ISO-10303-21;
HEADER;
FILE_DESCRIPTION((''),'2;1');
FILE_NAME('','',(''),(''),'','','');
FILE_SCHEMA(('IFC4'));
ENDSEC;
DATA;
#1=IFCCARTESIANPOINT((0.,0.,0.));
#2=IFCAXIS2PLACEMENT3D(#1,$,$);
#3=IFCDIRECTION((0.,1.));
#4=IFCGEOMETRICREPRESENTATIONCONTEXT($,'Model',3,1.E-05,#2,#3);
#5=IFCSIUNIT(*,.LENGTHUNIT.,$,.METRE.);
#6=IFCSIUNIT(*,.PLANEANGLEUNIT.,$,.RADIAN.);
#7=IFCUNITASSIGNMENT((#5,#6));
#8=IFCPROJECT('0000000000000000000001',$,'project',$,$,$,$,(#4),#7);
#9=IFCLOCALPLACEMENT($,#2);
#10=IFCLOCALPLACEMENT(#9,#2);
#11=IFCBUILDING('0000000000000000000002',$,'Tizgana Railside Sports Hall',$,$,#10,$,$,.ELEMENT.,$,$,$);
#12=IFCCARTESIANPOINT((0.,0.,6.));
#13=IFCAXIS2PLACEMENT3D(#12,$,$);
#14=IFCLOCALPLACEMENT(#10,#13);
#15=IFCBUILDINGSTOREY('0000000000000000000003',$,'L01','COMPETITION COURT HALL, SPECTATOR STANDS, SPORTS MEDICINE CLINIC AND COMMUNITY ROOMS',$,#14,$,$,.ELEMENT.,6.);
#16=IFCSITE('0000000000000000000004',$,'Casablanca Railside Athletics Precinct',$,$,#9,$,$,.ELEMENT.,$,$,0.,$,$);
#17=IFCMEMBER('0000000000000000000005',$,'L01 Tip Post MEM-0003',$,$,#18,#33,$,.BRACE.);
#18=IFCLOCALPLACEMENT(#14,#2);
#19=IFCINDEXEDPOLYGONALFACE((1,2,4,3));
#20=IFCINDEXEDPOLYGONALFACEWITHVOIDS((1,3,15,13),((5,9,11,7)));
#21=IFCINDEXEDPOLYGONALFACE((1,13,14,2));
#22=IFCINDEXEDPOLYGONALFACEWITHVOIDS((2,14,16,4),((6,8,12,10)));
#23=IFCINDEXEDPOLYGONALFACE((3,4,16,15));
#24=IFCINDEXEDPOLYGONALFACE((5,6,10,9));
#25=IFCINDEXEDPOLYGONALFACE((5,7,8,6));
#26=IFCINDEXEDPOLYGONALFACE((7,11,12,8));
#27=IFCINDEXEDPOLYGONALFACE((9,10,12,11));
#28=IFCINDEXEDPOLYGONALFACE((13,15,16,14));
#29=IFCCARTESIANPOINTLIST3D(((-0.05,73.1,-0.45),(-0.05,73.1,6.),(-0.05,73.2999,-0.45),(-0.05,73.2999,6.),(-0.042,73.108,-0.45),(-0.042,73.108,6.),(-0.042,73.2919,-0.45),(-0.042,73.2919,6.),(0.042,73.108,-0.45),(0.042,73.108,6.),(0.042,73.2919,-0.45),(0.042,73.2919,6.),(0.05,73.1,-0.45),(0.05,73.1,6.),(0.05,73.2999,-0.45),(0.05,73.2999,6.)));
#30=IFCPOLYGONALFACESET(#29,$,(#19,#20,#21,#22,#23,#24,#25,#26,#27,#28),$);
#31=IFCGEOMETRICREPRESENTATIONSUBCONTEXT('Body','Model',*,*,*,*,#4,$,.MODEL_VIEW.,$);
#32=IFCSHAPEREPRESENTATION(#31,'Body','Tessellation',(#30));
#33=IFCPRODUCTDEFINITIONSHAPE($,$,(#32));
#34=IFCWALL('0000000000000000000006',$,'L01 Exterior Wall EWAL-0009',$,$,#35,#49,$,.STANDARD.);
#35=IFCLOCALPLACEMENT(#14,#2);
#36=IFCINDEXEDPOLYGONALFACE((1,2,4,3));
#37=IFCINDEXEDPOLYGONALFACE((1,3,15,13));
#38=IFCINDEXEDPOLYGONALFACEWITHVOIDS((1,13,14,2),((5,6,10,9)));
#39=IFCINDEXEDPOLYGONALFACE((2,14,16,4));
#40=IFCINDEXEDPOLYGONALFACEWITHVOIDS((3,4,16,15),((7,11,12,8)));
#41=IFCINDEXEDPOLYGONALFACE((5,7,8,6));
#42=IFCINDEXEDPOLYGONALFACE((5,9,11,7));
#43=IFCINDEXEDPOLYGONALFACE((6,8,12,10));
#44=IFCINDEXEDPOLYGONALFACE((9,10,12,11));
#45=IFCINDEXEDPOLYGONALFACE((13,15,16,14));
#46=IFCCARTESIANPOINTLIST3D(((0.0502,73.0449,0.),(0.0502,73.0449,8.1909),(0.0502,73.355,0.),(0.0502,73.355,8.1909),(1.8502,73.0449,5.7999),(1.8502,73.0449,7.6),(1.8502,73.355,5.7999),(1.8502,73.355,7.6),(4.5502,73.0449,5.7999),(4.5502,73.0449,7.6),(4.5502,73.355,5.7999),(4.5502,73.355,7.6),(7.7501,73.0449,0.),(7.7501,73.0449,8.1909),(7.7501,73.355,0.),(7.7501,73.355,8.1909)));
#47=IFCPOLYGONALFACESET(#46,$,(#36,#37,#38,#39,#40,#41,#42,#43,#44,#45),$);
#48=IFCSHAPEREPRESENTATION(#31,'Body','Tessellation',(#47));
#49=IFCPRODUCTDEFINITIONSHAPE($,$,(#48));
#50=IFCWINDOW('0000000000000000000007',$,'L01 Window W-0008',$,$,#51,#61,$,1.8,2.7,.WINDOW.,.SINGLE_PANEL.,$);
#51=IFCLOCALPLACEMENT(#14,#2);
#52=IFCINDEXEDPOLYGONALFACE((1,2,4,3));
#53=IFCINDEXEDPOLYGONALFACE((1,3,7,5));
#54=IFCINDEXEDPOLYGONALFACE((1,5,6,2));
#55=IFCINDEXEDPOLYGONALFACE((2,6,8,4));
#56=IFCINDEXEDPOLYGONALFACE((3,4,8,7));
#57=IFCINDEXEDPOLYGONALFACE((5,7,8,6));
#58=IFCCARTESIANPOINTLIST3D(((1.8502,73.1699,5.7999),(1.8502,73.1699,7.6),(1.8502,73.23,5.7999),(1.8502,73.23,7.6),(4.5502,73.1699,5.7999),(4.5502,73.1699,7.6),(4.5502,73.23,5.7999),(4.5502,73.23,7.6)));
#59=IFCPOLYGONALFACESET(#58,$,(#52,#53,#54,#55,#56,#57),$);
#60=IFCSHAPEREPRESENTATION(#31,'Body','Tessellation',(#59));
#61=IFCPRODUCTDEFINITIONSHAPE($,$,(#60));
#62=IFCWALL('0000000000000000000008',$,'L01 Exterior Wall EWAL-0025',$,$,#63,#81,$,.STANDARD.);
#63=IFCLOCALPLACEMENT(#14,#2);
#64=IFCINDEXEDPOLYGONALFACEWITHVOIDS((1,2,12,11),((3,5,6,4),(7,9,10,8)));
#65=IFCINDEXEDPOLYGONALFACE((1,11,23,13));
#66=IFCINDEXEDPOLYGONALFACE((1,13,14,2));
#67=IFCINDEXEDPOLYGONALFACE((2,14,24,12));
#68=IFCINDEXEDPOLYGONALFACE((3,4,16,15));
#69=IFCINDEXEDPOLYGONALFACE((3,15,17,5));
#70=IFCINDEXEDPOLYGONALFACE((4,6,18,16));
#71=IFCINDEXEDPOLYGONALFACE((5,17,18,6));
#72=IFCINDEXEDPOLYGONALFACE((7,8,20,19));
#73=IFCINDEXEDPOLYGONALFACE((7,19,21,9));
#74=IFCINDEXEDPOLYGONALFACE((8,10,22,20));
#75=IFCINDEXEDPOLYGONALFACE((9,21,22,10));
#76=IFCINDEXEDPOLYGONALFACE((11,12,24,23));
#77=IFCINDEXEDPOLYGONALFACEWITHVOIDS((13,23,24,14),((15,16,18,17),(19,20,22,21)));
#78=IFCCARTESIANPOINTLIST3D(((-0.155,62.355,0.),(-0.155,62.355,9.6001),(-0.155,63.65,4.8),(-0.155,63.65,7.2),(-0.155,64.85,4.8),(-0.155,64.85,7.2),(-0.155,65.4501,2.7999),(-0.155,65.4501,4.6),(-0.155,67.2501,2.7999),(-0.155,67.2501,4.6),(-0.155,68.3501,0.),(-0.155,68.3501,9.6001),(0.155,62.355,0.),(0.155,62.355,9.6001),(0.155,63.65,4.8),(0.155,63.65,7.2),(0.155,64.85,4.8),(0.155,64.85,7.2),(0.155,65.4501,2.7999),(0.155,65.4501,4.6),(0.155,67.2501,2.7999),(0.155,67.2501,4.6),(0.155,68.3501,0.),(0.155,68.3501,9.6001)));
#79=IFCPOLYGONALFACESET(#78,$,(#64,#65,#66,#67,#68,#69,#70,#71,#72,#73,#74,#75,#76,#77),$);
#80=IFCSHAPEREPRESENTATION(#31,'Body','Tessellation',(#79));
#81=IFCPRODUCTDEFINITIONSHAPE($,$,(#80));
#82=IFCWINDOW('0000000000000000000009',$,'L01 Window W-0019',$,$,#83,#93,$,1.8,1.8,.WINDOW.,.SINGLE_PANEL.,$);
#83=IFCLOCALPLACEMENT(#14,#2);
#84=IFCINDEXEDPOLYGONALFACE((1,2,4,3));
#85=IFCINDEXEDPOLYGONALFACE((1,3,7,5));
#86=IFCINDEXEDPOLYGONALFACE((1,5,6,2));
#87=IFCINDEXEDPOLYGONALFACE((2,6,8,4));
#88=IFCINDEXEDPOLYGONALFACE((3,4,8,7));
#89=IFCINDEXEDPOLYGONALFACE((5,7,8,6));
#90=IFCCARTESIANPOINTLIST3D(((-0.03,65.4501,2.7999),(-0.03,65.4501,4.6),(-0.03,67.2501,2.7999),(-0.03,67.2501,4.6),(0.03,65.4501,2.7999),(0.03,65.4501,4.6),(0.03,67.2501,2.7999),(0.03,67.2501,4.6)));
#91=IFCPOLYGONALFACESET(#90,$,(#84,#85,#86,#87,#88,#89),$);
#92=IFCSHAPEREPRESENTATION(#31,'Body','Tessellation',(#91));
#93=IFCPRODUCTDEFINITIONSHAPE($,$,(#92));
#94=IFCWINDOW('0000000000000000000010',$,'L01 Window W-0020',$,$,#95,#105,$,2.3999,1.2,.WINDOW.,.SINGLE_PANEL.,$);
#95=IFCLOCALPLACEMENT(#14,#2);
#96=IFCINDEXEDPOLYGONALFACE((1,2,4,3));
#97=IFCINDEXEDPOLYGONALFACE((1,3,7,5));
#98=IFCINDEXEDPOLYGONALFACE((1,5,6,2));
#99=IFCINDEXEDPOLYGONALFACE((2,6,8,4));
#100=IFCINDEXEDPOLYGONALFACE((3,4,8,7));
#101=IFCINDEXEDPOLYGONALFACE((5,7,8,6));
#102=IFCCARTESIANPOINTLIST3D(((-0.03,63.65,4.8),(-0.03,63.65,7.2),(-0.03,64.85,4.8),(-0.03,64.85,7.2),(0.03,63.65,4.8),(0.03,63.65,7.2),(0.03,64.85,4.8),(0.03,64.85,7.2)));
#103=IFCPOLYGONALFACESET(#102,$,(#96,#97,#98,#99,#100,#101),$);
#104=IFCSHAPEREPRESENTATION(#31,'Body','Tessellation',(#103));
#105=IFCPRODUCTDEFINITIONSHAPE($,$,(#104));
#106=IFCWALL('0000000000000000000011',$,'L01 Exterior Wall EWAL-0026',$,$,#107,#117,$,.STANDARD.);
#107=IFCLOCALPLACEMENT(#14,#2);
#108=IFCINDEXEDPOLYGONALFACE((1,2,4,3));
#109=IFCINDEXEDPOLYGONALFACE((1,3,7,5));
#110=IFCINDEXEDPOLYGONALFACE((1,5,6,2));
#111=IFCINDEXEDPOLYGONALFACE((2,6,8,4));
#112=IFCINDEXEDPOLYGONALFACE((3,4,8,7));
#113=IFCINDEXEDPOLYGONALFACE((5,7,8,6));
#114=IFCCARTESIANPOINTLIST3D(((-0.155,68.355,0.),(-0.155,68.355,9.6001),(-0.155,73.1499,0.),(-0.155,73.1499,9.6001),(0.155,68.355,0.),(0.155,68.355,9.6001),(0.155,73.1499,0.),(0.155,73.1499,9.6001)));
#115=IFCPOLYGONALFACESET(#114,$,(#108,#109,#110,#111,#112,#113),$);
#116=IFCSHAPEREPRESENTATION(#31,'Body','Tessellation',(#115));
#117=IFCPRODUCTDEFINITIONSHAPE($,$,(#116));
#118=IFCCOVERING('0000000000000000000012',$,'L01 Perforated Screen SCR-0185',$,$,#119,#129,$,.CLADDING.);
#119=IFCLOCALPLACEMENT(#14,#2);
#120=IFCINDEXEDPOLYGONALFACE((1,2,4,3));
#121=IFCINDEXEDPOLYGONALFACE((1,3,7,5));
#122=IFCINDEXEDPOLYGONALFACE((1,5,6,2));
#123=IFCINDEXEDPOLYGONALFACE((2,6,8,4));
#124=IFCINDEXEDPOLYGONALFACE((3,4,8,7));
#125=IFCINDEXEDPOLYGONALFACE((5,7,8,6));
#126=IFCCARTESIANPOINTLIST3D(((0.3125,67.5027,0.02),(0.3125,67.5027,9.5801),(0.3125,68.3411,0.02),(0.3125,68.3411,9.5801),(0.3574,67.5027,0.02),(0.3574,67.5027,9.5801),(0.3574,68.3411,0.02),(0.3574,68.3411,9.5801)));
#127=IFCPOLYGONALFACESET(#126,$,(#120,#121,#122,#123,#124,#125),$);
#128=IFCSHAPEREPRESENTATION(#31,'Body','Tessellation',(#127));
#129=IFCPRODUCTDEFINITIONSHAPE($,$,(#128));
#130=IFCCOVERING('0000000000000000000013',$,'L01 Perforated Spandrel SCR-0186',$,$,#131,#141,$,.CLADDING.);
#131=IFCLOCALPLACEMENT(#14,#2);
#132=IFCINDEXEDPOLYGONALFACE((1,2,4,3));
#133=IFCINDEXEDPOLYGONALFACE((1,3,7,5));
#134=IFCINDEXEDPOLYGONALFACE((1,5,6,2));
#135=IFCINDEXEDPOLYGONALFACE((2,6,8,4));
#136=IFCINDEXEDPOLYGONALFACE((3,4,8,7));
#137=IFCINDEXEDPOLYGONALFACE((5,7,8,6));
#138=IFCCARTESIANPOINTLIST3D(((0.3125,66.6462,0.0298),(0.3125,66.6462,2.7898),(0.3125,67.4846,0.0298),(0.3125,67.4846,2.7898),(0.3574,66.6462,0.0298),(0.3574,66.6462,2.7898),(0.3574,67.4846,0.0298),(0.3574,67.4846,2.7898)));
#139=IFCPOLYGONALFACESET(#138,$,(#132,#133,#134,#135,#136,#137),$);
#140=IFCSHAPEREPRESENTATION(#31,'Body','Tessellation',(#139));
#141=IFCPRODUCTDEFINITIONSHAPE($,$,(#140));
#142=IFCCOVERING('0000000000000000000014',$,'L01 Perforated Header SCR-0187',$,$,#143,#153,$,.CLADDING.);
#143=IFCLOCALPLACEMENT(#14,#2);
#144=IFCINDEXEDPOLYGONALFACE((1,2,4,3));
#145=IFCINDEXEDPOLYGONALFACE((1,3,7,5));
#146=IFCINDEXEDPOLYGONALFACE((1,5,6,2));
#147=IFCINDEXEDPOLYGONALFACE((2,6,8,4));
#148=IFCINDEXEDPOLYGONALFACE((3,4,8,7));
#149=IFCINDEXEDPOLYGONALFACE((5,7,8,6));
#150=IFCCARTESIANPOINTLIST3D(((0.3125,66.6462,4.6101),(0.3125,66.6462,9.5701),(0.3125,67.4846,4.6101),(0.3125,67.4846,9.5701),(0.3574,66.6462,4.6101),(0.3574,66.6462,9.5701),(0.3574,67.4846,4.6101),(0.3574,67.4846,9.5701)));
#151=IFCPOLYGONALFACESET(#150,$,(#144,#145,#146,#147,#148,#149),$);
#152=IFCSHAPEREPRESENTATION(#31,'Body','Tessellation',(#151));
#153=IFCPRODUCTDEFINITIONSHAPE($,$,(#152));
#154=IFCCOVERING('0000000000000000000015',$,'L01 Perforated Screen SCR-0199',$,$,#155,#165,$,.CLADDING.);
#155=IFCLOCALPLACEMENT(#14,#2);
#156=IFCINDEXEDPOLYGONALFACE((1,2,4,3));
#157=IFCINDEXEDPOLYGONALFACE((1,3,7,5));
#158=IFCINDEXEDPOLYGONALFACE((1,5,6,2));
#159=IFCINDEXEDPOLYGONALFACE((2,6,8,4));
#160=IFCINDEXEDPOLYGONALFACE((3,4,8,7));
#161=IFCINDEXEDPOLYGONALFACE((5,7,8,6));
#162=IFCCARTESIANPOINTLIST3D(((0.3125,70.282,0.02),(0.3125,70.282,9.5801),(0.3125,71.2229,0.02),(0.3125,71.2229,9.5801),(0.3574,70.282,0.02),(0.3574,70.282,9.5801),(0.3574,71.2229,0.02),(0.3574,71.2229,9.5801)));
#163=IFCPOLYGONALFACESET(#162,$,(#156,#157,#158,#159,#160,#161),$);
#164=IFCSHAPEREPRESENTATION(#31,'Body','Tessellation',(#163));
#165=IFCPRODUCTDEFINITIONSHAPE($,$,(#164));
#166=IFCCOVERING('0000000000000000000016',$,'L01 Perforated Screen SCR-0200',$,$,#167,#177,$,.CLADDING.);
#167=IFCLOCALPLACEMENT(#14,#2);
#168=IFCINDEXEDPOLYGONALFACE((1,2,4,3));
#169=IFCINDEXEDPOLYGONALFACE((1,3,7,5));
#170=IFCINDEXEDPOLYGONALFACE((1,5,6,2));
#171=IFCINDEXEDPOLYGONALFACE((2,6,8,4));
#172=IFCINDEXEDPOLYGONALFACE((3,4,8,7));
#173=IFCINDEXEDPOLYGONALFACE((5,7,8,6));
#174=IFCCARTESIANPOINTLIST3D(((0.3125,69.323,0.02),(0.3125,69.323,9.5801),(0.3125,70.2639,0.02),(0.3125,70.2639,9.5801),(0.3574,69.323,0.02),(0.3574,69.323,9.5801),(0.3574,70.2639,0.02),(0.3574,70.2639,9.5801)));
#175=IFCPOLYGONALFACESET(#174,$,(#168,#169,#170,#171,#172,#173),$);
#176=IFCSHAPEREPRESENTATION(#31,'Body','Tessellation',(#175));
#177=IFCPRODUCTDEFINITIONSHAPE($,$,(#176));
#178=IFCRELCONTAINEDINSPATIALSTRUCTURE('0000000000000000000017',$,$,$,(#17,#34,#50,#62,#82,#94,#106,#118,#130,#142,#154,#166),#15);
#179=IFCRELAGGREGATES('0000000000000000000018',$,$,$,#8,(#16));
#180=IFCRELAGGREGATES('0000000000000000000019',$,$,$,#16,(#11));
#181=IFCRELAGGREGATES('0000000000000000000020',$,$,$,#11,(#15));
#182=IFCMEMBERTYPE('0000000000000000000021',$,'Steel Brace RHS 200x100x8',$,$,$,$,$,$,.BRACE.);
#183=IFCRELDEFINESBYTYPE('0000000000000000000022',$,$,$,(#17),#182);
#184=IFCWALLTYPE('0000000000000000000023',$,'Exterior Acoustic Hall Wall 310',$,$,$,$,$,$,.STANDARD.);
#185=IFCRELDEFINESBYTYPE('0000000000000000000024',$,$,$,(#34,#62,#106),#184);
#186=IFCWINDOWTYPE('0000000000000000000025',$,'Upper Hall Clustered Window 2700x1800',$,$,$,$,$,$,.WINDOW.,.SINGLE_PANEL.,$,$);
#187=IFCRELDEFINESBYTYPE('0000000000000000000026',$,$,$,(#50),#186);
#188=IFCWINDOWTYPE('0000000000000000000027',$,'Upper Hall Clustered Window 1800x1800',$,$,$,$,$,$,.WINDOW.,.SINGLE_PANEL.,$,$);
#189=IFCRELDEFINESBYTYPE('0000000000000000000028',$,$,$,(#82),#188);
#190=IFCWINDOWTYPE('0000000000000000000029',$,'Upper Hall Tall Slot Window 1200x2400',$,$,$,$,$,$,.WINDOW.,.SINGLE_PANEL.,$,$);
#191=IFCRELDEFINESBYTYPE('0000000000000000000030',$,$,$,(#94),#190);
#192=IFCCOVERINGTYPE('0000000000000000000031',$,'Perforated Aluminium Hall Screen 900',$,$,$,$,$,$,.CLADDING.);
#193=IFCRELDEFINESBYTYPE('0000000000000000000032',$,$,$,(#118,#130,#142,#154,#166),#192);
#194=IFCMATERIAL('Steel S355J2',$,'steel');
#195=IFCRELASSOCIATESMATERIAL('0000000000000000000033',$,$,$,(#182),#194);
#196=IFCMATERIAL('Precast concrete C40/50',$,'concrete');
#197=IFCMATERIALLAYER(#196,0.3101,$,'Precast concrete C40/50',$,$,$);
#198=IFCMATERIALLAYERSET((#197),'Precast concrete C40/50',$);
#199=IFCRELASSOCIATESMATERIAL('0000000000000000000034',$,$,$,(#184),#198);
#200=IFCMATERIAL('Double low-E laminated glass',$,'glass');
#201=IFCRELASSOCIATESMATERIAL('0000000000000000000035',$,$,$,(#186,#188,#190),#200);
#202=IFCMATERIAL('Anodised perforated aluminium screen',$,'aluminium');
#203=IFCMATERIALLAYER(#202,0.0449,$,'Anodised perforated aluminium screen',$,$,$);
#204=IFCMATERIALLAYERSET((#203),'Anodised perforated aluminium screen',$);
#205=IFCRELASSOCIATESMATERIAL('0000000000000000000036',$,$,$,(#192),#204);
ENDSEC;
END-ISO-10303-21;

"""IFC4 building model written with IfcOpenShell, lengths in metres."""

from ifc_helpers import new_model, si_unit, direction, frame, frame_2d, origin, origin_2d, place, context, subcontext, project, spatial, rectangle, hollow_rectangle, extrude, material, layer, layer_set, material_profile, profile_set, type_object, element, fill, save


model = new_model("IFC4")

# Units and contexts
model_context = context("Model", 3, precision=1e-05, world=origin(), true_north=direction((0.0, 1.0)))
body_context = subcontext(model_context, "Body", "Model", "MODEL_VIEW")
ifc_project = project(units=[si_unit("LENGTHUNIT", "METRE"), si_unit("PLANEANGLEUNIT", "RADIAN")], contexts=[model_context])

# Site, building, storey
site_placement = place(None, origin())
site = spatial("IfcSite", under=ifc_project, at=site_placement, Name="Casablanca Railside Athletics Precinct", CompositionType="ELEMENT", RefElevation=0.0)
building_placement = place(site_placement, origin())
building = spatial("IfcBuilding", under=site, at=building_placement, Name="Tizgana Railside Sports Hall", CompositionType="ELEMENT")
storey_placement = place(building_placement, frame((0.0, 0.0, 6.0)))
storey = spatial("IfcBuildingStorey", under=building, at=storey_placement, Name="L01", Description="COMPETITION COURT HALL, SPECTATOR STANDS, SPORTS MEDICINE CLINIC AND COMMUNITY ROOMS", CompositionType="ELEMENT", Elevation=6.0)

# Member
ifc_material_1 = material(Name="Steel S355J2", Category="steel")
ifc_material_profile = material_profile(ifc_material_1, hollow_rectangle(XDim=0.1001, YDim=0.2, WallThickness=0.0081, at=origin_2d()), Name="RHS 200x100x8")
ifc_profile_set = profile_set([ifc_material_profile], Name="Steel S355J2")
member_type = type_object("IfcMemberType", Name="Steel Brace RHS 200x100x8", PredefinedType="BRACE", material=ifc_profile_set)
member_placement = place(storey_placement, frame((0.0, 73.2, -0.45), z_axis=(0.0, 0.0, 1.0), x_axis=(1.0, 0.0, 0.0)))
element("IfcMember", 1, at=member_placement, inside=storey, type_object=member_type, Name="L01 Tip Post MEM-0003", PredefinedType="BRACE", context=body_context, shape_type="SweptSolid", body=[
    extrude(hollow_rectangle(XDim=0.1001, YDim=0.2, WallThickness=0.0081, at=origin_2d()), origin(), (0.0, 0.0, 1.0), 6.45),
])

# Wall, opening, window
ifc_material_2 = material(Name="Precast concrete C40/50", Category="concrete")
ifc_layer_1 = layer(ifc_material_2, 0.3101, Name="Precast concrete C40/50")
ifc_layer_set_1 = layer_set([ifc_layer_1], Name="Precast concrete C40/50")
wall_type = type_object("IfcWallType", Name="Exterior Acoustic Hall Wall 310", PredefinedType="STANDARD", material=ifc_layer_set_1)
wall_1_placement = place(storey_placement, frame((0.05, 73.2, 0.0), z_axis=(0.0, 0.0, 1.0), x_axis=(1.0, 0.0, 0.0)))
wall_1 = element("IfcWall", 2, at=wall_1_placement, inside=storey, type_object=wall_type, Name="L01 Exterior Wall EWAL-0009", PredefinedType="STANDARD", context=body_context, shape_type="SweptSolid", body=[
    extrude(rectangle(XDim=7.7, YDim=0.3101, at=frame_2d((3.8501, 0.0))), origin(), (0.0, 0.0, 1.0), 8.1909),
])
opening_1_placement = place(wall_1_placement, frame((1.8, 0.0, 5.8)))
opening_1 = element("IfcOpeningElement", 3, at=opening_1_placement, cuts=wall_1, PredefinedType="OPENING", context=body_context, shape_type="SweptSolid", body=[
    extrude(rectangle(XDim=2.7, YDim=1.8, at=frame_2d((1.3501, 0.8999))), frame((0.0, 0.165, 0.0), z_axis=(0.0, -1.0, 0.0), x_axis=(1.0, 0.0, 0.0)), (0.0, 0.0, 1.0), 0.3301),
])
ifc_material_3 = material(Name="Double low-E laminated glass", Category="glass")
window_type_1 = type_object("IfcWindowType", Name="Upper Hall Clustered Window 2700x1800", PartitioningType="SINGLE_PANEL", PredefinedType="WINDOW", material=ifc_material_3)
window_1_placement = place(opening_1_placement, origin())
window_1 = element("IfcWindow", 4, at=window_1_placement, inside=storey, type_object=window_type_1, Name="L01 Window W-0008", OverallHeight=1.8, OverallWidth=2.7, PartitioningType="SINGLE_PANEL", PredefinedType="WINDOW", context=body_context, shape_type="SweptSolid", body=[
    extrude(rectangle(XDim=2.7, YDim=1.8, at=frame_2d((1.3501, 0.8999))), frame((0.0, 0.03, 0.0), z_axis=(0.0, -1.0, 0.0), x_axis=(1.0, 0.0, 0.0)), (0.0, 0.0, 1.0), 0.0601),
])
fill(opening_1, window_1)

# Wall, openings, windows
wall_2_placement = place(storey_placement, frame((0.0, 68.3501, 0.0), z_axis=(0.0, 0.0, 1.0), x_axis=(0.0, -1.0, 0.0)))
wall_2 = element("IfcWall", 5, at=wall_2_placement, inside=storey, type_object=wall_type, Name="L01 Exterior Wall EWAL-0025", PredefinedType="STANDARD", context=body_context, shape_type="SweptSolid", body=[
    extrude(rectangle(XDim=5.9951, YDim=0.3101, at=frame_2d((2.9976, 0.0))), origin(), (0.0, 0.0, 1.0), 9.6001),
])
opening_2_placement = place(wall_2_placement, frame((1.1001, 0.0, 2.8)))
opening_2 = element("IfcOpeningElement", 6, at=opening_2_placement, cuts=wall_2, PredefinedType="OPENING", context=body_context, shape_type="SweptSolid", body=[
    extrude(rectangle(XDim=1.8, YDim=1.8, at=frame_2d((0.8999, 0.8999))), frame((0.0, 0.165, 0.0), z_axis=(0.0, -1.0, 0.0), x_axis=(1.0, 0.0, 0.0)), (0.0, 0.0, 1.0), 0.3301),
])
opening_3_placement = place(wall_2_placement, frame((3.5, 0.0, 4.8)))
opening_3 = element("IfcOpeningElement", 7, at=opening_3_placement, cuts=wall_2, PredefinedType="OPENING", context=body_context, shape_type="SweptSolid", body=[
    extrude(rectangle(XDim=1.2, YDim=2.3999, at=frame_2d((0.6001, 1.2))), frame((0.0, 0.165, 0.0), z_axis=(0.0, -1.0, 0.0), x_axis=(1.0, 0.0, 0.0)), (0.0, 0.0, 1.0), 0.3301),
])
window_type_2 = type_object("IfcWindowType", Name="Upper Hall Clustered Window 1800x1800", PartitioningType="SINGLE_PANEL", PredefinedType="WINDOW", material=ifc_material_3)
window_2_placement = place(opening_2_placement, origin())
window_2 = element("IfcWindow", 8, at=window_2_placement, inside=storey, type_object=window_type_2, Name="L01 Window W-0019", OverallHeight=1.8, OverallWidth=1.8, PartitioningType="SINGLE_PANEL", PredefinedType="WINDOW", context=body_context, shape_type="SweptSolid", body=[
    extrude(rectangle(XDim=1.8, YDim=1.8, at=frame_2d((0.8999, 0.8999))), frame((0.0, 0.03, 0.0), z_axis=(0.0, -1.0, 0.0), x_axis=(1.0, 0.0, 0.0)), (0.0, 0.0, 1.0), 0.0601),
])
fill(opening_2, window_2)
window_type_3 = type_object("IfcWindowType", Name="Upper Hall Tall Slot Window 1200x2400", PartitioningType="SINGLE_PANEL", PredefinedType="WINDOW", material=ifc_material_3)
window_3_placement = place(opening_3_placement, origin())
window_3 = element("IfcWindow", 9, at=window_3_placement, inside=storey, type_object=window_type_3, Name="L01 Window W-0020", OverallHeight=2.3999, OverallWidth=1.2, PartitioningType="SINGLE_PANEL", PredefinedType="WINDOW", context=body_context, shape_type="SweptSolid", body=[
    extrude(rectangle(XDim=1.2, YDim=2.3999, at=frame_2d((0.6001, 1.2))), frame((0.0, 0.03, 0.0), z_axis=(0.0, -1.0, 0.0), x_axis=(1.0, 0.0, 0.0)), (0.0, 0.0, 1.0), 0.0601),
])
fill(opening_3, window_3)

# Wall
wall_3_placement = place(storey_placement, frame((0.0, 73.1499, 0.0), z_axis=(0.0, 0.0, 1.0), x_axis=(0.0, -1.0, 0.0)))
element("IfcWall", 10, at=wall_3_placement, inside=storey, type_object=wall_type, Name="L01 Exterior Wall EWAL-0026", PredefinedType="STANDARD", context=body_context, shape_type="SweptSolid", body=[
    extrude(rectangle(XDim=4.7949, YDim=0.3101, at=frame_2d((2.3975, 0.0))), origin(), (0.0, 0.0, 1.0), 9.6001),
])

# Coverings
ifc_material_4 = material(Name="Anodised perforated aluminium screen", Category="aluminium")
ifc_layer_2 = layer(ifc_material_4, 0.0449, Name="Anodised perforated aluminium screen")
ifc_layer_set_2 = layer_set([ifc_layer_2], Name="Anodised perforated aluminium screen")
covering_type = type_object("IfcCoveringType", Name="Perforated Aluminium Hall Screen 900", PredefinedType="CLADDING", material=ifc_layer_set_2)
covering_1_placement = place(storey_placement, frame((0.335, 67.9219, 0.02), z_axis=(0.0, 0.0, 1.0), x_axis=(0.0, -1.0, 0.0)))
element("IfcCovering", 11, at=covering_1_placement, inside=storey, type_object=covering_type, Name="L01 Perforated Screen SCR-0185", PredefinedType="CLADDING", context=body_context, shape_type="SweptSolid", body=[
    extrude(rectangle(XDim=0.8384, YDim=0.0449, at=origin_2d()), origin(), (0.0, 0.0, 1.0), 9.5601),
])
covering_2_placement = place(storey_placement, frame((0.335, 67.0654, 0.0298), z_axis=(0.0, 0.0, 1.0), x_axis=(0.0, -1.0, 0.0)))
element("IfcCovering", 12, at=covering_2_placement, inside=storey, type_object=covering_type, Name="L01 Perforated Spandrel SCR-0186", PredefinedType="CLADDING", context=body_context, shape_type="SweptSolid", body=[
    extrude(rectangle(XDim=0.8384, YDim=0.0449, at=origin_2d()), origin(), (0.0, 0.0, 1.0), 2.76),
])
covering_3_placement = place(storey_placement, frame((0.335, 67.0654, 4.6101), z_axis=(0.0, 0.0, 1.0), x_axis=(0.0, -1.0, 0.0)))
element("IfcCovering", 13, at=covering_3_placement, inside=storey, type_object=covering_type, Name="L01 Perforated Header SCR-0187", PredefinedType="CLADDING", context=body_context, shape_type="SweptSolid", body=[
    extrude(rectangle(XDim=0.8384, YDim=0.0449, at=origin_2d()), origin(), (0.0, 0.0, 1.0), 4.96),
])
for number, where, z_axis, x_axis, name in (
    (14, (0.335, 70.7524, 0.02), (0.0, 0.0, 1.0), (0.0, -1.0, 0.0), "L01 Perforated Screen SCR-0199"),
    (15, (0.335, 69.7935, 0.02), (0.0, 0.0, 1.0), (0.0, -1.0, 0.0), "L01 Perforated Screen SCR-0200"),
):
    element("IfcCovering", number, at=place(storey_placement, frame(where, z_axis=z_axis, x_axis=x_axis)), inside=storey, type_object=covering_type, Name=name, PredefinedType="CLADDING", context=body_context, shape_type="SweptSolid", body=[
        extrude(rectangle(XDim=0.9409, YDim=0.0449, at=origin_2d()), origin(), (0.0, 0.0, 1.0), 9.5601),
    ])

save(model, "model.ifc")
